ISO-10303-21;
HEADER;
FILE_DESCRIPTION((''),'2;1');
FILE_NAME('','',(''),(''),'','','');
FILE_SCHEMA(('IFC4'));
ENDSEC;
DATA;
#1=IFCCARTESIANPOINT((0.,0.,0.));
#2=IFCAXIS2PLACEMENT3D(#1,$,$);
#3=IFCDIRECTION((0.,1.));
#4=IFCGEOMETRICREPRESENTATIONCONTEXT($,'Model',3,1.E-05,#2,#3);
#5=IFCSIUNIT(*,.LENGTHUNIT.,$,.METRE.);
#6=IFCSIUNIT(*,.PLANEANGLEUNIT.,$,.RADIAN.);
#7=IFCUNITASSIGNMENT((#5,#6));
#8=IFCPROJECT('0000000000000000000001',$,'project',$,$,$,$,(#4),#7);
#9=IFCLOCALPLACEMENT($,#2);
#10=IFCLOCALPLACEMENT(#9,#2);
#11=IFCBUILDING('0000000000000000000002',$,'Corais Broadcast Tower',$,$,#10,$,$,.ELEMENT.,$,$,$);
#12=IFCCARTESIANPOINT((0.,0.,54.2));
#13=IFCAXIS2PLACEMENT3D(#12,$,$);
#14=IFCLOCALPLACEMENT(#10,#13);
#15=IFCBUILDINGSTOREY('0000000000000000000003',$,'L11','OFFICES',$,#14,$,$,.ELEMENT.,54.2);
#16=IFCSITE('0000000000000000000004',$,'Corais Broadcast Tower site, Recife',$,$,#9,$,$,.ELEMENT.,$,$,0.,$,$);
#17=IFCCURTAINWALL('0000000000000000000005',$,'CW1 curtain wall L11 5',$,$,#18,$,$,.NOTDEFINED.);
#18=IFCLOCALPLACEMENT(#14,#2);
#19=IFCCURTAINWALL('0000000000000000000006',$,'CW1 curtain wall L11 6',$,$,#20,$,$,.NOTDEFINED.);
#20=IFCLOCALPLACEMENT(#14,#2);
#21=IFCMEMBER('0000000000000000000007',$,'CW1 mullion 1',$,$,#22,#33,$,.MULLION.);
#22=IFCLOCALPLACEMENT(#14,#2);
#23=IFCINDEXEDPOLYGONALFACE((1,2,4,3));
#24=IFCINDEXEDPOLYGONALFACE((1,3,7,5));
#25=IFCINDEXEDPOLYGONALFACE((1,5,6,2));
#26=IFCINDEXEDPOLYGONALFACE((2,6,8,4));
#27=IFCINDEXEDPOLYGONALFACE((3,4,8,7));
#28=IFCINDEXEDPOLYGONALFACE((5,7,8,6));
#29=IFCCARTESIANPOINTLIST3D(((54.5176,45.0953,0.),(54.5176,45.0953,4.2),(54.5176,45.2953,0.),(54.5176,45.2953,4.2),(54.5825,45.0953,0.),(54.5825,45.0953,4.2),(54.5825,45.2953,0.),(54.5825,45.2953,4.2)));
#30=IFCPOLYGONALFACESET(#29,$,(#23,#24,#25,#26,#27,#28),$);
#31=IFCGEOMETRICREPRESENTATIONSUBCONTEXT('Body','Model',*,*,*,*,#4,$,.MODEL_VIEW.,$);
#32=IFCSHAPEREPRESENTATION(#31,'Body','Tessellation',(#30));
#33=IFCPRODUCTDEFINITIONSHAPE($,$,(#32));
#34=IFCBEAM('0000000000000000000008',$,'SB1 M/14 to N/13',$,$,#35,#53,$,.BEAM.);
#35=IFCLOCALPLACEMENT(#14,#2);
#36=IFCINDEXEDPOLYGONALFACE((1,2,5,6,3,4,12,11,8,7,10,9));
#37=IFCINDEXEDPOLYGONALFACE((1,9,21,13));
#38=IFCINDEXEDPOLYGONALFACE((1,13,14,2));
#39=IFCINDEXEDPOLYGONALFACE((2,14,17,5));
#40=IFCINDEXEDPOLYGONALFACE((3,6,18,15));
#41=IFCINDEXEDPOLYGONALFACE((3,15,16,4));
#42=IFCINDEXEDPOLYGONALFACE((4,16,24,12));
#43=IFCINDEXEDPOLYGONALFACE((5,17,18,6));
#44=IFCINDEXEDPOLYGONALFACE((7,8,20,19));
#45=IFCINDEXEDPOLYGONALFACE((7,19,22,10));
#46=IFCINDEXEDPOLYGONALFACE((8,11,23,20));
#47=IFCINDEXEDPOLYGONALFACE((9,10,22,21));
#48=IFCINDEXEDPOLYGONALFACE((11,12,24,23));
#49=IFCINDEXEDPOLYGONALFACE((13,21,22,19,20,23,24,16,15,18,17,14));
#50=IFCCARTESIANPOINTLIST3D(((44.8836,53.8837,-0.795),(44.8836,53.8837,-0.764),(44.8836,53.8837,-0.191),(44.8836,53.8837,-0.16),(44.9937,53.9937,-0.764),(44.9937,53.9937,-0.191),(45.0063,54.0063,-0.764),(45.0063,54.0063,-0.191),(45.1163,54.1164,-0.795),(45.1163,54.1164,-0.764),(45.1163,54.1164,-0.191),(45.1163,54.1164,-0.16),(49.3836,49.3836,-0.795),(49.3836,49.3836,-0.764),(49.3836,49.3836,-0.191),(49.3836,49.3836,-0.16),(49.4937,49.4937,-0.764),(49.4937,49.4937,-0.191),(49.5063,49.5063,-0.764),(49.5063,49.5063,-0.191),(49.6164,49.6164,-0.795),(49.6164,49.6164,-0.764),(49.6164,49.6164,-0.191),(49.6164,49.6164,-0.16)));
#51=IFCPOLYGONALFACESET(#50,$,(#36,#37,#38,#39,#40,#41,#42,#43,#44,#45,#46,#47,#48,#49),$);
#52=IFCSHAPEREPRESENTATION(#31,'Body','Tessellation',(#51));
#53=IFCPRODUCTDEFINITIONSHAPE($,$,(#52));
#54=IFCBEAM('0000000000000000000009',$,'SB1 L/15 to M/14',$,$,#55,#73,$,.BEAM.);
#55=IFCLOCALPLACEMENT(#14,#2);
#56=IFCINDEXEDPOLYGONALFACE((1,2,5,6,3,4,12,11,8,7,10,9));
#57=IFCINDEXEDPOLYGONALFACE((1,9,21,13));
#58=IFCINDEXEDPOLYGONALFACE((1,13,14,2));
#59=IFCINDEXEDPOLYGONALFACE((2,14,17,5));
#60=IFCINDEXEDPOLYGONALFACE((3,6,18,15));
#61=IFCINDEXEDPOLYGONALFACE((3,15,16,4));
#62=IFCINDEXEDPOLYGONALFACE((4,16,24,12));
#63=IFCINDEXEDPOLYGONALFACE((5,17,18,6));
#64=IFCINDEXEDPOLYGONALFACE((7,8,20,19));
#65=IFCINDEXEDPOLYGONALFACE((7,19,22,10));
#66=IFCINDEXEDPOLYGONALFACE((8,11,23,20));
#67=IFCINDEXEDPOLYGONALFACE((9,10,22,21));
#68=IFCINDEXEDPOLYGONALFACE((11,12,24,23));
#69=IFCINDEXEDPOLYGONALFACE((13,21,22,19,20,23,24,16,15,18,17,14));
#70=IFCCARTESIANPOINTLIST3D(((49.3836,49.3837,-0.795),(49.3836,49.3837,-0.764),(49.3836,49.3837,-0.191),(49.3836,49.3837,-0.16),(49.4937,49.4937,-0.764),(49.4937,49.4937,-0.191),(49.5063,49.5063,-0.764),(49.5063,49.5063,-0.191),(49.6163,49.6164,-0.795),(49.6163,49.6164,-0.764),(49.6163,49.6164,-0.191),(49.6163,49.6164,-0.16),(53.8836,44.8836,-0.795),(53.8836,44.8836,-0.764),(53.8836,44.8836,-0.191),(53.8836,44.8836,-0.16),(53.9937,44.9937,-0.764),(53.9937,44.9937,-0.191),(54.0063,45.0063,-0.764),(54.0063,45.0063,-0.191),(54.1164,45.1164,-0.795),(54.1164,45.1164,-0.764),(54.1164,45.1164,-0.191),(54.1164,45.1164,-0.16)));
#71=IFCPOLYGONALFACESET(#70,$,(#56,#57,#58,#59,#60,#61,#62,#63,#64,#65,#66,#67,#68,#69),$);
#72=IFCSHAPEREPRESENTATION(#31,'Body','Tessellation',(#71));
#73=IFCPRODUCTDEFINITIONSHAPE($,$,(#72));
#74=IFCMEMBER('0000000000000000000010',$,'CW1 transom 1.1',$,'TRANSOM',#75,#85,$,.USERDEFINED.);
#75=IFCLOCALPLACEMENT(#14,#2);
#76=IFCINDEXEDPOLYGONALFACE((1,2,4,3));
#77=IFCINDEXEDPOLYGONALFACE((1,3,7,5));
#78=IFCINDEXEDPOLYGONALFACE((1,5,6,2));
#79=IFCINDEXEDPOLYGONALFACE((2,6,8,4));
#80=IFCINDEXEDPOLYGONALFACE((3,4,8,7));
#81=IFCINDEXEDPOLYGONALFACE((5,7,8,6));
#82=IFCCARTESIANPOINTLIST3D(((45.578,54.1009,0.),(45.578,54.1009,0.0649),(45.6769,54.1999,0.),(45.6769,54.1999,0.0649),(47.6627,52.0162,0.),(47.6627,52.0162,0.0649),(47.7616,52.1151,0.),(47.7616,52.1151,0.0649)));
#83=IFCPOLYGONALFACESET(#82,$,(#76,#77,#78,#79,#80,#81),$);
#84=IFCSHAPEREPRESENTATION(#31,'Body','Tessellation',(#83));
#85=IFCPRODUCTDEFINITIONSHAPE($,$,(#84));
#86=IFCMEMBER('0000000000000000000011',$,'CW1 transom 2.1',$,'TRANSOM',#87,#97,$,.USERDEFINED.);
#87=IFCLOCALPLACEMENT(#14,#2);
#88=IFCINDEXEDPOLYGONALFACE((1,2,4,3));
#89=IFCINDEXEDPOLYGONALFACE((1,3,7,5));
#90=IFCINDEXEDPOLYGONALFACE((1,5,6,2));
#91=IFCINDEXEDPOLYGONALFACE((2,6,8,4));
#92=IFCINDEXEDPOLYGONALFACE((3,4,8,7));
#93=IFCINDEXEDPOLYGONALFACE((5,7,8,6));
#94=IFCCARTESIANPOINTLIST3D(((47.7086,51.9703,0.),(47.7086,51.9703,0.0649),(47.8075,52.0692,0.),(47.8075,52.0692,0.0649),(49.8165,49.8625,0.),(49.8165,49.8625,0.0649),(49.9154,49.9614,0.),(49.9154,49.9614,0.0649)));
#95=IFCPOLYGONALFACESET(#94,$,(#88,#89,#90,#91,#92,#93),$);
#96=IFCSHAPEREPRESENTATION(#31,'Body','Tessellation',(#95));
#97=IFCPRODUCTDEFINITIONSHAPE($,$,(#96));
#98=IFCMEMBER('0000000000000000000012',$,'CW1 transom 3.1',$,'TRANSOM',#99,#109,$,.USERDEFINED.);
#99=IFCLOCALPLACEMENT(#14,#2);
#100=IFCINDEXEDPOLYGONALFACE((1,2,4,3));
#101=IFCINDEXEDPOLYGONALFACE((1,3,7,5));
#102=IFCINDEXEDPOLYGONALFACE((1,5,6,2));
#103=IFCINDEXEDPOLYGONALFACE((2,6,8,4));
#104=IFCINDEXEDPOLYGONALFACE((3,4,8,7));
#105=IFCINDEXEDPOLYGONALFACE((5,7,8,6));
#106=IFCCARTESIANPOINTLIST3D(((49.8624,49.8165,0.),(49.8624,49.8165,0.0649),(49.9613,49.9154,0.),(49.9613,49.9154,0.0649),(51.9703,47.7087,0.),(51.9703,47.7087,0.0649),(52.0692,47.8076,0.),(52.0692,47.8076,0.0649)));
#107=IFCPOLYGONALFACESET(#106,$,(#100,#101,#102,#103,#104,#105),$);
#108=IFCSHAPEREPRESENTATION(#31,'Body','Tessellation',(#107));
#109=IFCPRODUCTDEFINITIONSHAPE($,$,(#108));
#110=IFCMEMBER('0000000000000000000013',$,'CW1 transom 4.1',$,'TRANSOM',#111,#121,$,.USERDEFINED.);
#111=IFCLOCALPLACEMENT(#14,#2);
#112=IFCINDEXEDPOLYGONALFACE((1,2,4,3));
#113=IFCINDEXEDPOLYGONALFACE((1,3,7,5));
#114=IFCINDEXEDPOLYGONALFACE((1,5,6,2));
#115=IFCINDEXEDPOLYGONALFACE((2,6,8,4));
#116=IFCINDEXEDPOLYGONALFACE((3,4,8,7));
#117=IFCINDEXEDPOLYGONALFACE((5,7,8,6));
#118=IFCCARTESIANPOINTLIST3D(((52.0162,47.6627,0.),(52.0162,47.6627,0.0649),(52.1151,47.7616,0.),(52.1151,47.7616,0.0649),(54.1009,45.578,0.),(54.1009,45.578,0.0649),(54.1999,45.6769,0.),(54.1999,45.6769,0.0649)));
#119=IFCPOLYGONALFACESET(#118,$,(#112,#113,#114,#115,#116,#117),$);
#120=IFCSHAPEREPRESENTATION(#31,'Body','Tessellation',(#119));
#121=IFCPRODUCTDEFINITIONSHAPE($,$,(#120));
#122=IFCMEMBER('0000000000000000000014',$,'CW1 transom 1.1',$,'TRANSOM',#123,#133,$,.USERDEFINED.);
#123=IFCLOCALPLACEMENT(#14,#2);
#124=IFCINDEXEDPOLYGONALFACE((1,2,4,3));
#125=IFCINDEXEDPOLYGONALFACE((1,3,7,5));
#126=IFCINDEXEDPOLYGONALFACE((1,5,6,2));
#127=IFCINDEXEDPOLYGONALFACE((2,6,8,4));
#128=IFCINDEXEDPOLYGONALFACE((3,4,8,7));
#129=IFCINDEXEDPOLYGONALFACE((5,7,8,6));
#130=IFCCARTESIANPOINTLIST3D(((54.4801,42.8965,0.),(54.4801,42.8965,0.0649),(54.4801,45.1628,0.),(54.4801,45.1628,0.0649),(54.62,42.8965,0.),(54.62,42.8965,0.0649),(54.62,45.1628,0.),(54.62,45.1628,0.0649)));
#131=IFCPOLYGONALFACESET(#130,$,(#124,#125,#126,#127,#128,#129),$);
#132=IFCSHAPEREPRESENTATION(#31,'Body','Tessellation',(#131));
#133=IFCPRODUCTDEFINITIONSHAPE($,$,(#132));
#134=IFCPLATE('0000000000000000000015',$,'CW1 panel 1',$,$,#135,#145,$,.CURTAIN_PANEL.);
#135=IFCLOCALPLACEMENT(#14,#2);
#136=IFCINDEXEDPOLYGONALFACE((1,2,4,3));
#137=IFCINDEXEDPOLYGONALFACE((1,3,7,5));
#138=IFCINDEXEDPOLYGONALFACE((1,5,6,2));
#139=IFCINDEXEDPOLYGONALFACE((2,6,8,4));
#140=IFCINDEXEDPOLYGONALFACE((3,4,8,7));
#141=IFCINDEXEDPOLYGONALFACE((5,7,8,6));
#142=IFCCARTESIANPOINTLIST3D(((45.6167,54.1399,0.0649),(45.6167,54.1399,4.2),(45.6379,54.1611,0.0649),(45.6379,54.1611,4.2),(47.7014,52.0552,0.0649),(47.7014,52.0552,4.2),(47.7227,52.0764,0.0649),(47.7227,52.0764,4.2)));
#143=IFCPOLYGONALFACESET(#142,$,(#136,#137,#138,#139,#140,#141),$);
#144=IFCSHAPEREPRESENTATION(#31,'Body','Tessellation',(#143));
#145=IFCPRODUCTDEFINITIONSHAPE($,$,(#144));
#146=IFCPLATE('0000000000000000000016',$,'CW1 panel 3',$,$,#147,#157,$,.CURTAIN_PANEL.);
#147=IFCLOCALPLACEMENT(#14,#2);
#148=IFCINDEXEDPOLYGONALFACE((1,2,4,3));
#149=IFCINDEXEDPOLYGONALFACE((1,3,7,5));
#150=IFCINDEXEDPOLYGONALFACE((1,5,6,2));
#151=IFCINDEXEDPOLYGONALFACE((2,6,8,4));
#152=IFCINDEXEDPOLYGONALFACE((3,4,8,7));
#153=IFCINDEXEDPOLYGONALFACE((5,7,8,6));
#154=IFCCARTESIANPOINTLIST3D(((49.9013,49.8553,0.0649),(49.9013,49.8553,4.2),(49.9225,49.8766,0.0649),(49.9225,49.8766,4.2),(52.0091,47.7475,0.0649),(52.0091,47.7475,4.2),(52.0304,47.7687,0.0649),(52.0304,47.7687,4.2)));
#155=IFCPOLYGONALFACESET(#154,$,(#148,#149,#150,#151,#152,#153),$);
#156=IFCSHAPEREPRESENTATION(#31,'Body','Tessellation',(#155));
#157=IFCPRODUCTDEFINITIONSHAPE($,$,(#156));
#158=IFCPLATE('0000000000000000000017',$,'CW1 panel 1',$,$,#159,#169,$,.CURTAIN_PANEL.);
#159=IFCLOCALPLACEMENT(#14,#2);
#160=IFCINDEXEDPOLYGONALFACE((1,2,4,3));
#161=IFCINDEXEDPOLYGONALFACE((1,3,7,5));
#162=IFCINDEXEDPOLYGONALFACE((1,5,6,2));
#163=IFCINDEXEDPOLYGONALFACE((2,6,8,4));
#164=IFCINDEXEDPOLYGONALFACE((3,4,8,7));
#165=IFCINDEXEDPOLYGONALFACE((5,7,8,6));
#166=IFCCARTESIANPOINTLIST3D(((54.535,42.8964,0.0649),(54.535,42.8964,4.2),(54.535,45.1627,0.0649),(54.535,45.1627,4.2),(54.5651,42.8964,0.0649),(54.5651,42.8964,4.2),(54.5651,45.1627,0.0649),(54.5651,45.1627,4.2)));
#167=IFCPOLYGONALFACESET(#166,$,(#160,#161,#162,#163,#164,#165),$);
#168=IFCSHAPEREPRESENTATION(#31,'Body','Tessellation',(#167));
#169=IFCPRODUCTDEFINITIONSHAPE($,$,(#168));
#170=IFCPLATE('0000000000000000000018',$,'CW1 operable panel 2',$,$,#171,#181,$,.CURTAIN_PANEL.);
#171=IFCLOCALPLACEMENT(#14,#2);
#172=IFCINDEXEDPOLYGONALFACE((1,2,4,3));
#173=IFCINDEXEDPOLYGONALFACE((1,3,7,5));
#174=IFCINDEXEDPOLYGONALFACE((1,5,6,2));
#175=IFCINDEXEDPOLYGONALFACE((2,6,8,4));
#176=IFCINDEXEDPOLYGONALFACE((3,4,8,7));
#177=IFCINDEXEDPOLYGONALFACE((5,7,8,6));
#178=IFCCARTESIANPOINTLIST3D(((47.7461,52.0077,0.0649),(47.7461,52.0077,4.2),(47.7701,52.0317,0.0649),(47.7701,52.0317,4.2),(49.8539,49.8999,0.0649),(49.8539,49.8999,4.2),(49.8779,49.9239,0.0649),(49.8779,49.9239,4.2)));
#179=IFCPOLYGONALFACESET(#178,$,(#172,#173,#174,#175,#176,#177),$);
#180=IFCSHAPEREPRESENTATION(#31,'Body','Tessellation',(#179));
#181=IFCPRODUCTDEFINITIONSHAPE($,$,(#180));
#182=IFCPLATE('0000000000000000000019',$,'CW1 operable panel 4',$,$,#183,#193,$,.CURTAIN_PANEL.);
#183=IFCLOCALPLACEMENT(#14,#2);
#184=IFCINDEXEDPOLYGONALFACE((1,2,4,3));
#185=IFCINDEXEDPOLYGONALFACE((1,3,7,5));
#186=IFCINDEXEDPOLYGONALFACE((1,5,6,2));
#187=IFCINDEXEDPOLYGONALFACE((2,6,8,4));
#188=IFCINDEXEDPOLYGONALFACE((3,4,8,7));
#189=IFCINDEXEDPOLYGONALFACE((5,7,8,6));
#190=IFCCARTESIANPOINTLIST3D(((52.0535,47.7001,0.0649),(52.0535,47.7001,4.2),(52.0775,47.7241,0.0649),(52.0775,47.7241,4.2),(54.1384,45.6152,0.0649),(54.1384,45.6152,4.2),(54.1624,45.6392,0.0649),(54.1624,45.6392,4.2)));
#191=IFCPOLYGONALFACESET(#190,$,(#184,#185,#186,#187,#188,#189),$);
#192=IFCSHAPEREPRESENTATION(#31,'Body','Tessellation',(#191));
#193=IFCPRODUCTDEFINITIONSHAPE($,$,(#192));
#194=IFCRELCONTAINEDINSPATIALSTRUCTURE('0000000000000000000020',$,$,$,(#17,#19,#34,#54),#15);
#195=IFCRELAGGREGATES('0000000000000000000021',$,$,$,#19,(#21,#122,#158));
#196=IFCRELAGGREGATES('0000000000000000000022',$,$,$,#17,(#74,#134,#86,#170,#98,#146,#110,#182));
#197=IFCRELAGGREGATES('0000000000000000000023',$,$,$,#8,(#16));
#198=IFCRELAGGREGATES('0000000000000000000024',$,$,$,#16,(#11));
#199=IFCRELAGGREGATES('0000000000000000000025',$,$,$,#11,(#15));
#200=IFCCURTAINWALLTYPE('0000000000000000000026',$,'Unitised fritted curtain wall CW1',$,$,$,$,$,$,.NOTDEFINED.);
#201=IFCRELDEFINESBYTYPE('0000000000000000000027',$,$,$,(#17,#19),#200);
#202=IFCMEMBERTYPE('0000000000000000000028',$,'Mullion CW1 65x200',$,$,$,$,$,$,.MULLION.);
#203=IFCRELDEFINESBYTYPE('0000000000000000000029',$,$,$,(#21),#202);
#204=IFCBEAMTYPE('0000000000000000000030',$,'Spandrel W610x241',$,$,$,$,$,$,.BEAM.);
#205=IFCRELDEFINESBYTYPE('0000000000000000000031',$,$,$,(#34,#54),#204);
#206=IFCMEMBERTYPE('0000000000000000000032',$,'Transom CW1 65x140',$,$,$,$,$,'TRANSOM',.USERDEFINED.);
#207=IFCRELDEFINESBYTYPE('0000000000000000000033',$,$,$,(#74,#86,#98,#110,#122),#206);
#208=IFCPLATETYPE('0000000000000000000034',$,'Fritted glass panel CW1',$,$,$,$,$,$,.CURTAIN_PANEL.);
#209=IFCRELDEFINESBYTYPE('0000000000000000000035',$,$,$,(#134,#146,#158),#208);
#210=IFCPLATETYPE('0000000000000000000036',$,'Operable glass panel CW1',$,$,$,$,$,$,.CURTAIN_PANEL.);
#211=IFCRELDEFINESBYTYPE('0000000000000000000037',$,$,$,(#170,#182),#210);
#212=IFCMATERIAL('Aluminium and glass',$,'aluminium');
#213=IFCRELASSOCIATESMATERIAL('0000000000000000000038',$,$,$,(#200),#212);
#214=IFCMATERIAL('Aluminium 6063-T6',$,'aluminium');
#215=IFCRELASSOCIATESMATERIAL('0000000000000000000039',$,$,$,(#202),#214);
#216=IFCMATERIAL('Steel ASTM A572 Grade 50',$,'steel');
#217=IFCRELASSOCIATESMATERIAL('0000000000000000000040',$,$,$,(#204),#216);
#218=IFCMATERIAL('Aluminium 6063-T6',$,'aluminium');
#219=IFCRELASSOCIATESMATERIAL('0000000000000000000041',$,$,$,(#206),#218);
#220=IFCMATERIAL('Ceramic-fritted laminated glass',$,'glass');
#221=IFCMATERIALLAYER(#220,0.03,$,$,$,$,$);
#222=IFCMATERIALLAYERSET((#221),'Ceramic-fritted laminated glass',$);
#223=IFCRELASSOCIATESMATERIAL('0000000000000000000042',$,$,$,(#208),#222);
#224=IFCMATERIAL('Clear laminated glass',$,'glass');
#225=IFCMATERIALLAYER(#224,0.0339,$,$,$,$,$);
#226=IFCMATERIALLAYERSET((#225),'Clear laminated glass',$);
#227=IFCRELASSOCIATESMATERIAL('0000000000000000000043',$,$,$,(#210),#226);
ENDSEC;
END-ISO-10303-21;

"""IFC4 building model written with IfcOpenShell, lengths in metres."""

from ifc_helpers import new_model, si_unit, direction, frame, origin, origin_2d, place, context, subcontext, project, spatial, rectangle, i_section, extrude, material, layer, layer_set, material_profile, profile_set, type_object, element, aggregate, save


model = new_model("IFC4")

# Units and contexts
model_context = context("Model", 3, precision=1e-05, world=origin(), true_north=direction((0.0, 1.0)))
body_context = subcontext(model_context, "Body", "Model", "MODEL_VIEW")
ifc_project = project(units=[si_unit("LENGTHUNIT", "METRE"), si_unit("PLANEANGLEUNIT", "RADIAN")], contexts=[model_context])

# Site, building, storey
site_placement = place(None, origin())
site = spatial("IfcSite", under=ifc_project, at=site_placement, Name="Corais Broadcast Tower site, Recife", CompositionType="ELEMENT", RefElevation=0.0)
building_placement = place(site_placement, origin())
building = spatial("IfcBuilding", under=site, at=building_placement, Name="Corais Broadcast Tower", CompositionType="ELEMENT")
storey_placement = place(building_placement, frame((0.0, 0.0, 54.2)))
storey = spatial("IfcBuildingStorey", under=building, at=storey_placement, Name="L11", Description="OFFICES", CompositionType="ELEMENT", Elevation=54.2)

# Shared definitions
ifc_material_1 = material(Name="Aluminium and glass", Category="aluminium")
curtain_wall_type = type_object("IfcCurtainWallType", Name="Unitised fritted curtain wall CW1", PredefinedType="NOTDEFINED", material=ifc_material_1)
ifc_material_2 = material(Name="Aluminium 6063-T6", Category="aluminium")
ifc_material_profile_1 = material_profile(ifc_material_2, rectangle(XDim=0.0649, YDim=0.2, at=origin_2d()), Name="Mullion CW1 65x200")
ifc_profile_set_1 = profile_set([ifc_material_profile_1], Name="Aluminium 6063-T6")
member_type_1 = type_object("IfcMemberType", Name="Mullion CW1 65x200", PredefinedType="MULLION", material=ifc_profile_set_1)

# Curtain wall
curtain_wall_1_placement = place(storey_placement, origin())
curtain_wall_1 = element("IfcCurtainWall", 1, at=curtain_wall_1_placement, inside=storey, type_object=curtain_wall_type, Name="CW1 curtain wall L11 5", PredefinedType="NOTDEFINED")

# Curtain wall, member
curtain_wall_2_placement = place(storey_placement, origin())
curtain_wall_2 = element("IfcCurtainWall", 2, at=curtain_wall_2_placement, inside=storey, type_object=curtain_wall_type, Name="CW1 curtain wall L11 6", PredefinedType="NOTDEFINED")
member_1_placement = place(storey_placement, frame((54.55, 45.1953, 0.0), z_axis=(0.0, 0.0, 1.0), x_axis=(1.0, 0.0, 0.0)))
member_1 = element("IfcMember", 3, at=member_1_placement, type_object=member_type_1, Name="CW1 mullion 1", PredefinedType="MULLION", context=body_context, shape_type="SweptSolid", body=[
    extrude(rectangle(XDim=0.0649, YDim=0.2, at=origin_2d()), origin(), (0.0, 0.0, 1.0), 4.2),
])

# Beams
ifc_material_3 = material(Name="Steel ASTM A572 Grade 50", Category="steel")
ifc_material_profile_2 = material_profile(ifc_material_3, i_section(OverallWidth=0.3291, OverallDepth=0.635, WebThickness=0.0178, FlangeThickness=0.031, at=origin_2d()), Name="W610x241")
ifc_profile_set_2 = profile_set([ifc_material_profile_2], Name="Steel ASTM A572 Grade 50")
beam_type_1 = type_object("IfcBeamType", Name="Spandrel W610x241", PredefinedType="BEAM", material=ifc_profile_set_2)
for number, where, z_axis, x_axis, name in (
    (4, (49.5, 49.5, -0.4775), (-0.707107, 0.707107, 0.0), (-0.707107, -0.707107, 0.0), "SB1 M/14 to N/13"),
    (5, (54.0, 45.0, -0.4775), (-0.707107, 0.707107, 0.0), (-0.707107, -0.707107, 0.0), "SB1 L/15 to M/14"),
):
    element("IfcBeam", number, at=place(storey_placement, frame(where, z_axis=z_axis, x_axis=x_axis)), inside=storey, type_object=beam_type_1, Name=name, PredefinedType="BEAM", context=body_context, shape_type="SweptSolid", body=[
        extrude(i_section(OverallWidth=0.3291, OverallDepth=0.635, WebThickness=0.0178, FlangeThickness=0.031, at=origin_2d()), origin(), (0.0, 0.0, 1.0), 6.364),
    ])

# Members
ifc_material_4 = material(Name="Aluminium 6063-T6", Category="aluminium")
ifc_material_profile_3 = material_profile(ifc_material_4, rectangle(XDim=0.1399, YDim=0.0649, at=origin_2d()), Name="Transom CW1 65x140")
ifc_profile_set_3 = profile_set([ifc_material_profile_3], Name="Aluminium 6063-T6")
member_type_2 = type_object("IfcMemberType", Name="Transom CW1 65x140", ElementType="TRANSOM", PredefinedType="USERDEFINED", material=ifc_profile_set_3)
member_2_placement = place(storey_placement, frame((45.6274, 54.1504, 0.0325), z_axis=(0.707107, -0.707107, 0.0), x_axis=(0.707107, 0.707107, 0.0)))
member_2 = element("IfcMember", 6, at=member_2_placement, type_object=member_type_2, Name="CW1 transom 1.1", ObjectType="TRANSOM", PredefinedType="USERDEFINED", context=body_context, shape_type="SweptSolid", body=[
    extrude(rectangle(XDim=0.1399, YDim=0.0649, at=origin_2d()), origin(), (0.0, 0.0, 1.0), 2.9482),
])
member_3_placement = place(storey_placement, frame((47.7581, 52.0198, 0.0325), z_axis=(0.707107, -0.707107, 0.0), x_axis=(0.707107, 0.707107, 0.0)))
member_3 = element("IfcMember", 7, at=member_3_placement, type_object=member_type_2, Name="CW1 transom 2.1", ObjectType="TRANSOM", PredefinedType="USERDEFINED", context=body_context, shape_type="SweptSolid", body=[
    extrude(rectangle(XDim=0.1399, YDim=0.0649, at=origin_2d()), origin(), (0.0, 0.0, 1.0), 2.981),
])
member_4_placement = place(storey_placement, frame((49.9119, 49.866, 0.0325), z_axis=(0.707107, -0.707107, 0.0), x_axis=(0.707107, 0.707107, 0.0)))
member_4 = element("IfcMember", 8, at=member_4_placement, type_object=member_type_2, Name="CW1 transom 3.1", ObjectType="TRANSOM", PredefinedType="USERDEFINED", context=body_context, shape_type="SweptSolid", body=[
    extrude(rectangle(XDim=0.1399, YDim=0.0649, at=origin_2d()), origin(), (0.0, 0.0, 1.0), 2.981),
])
member_5_placement = place(storey_placement, frame((52.0657, 47.7122, 0.0325), z_axis=(0.707107, -0.707107, 0.0), x_axis=(0.707107, 0.707107, 0.0)))
member_5 = element("IfcMember", 9, at=member_5_placement, type_object=member_type_2, Name="CW1 transom 4.1", ObjectType="TRANSOM", PredefinedType="USERDEFINED", context=body_context, shape_type="SweptSolid", body=[
    extrude(rectangle(XDim=0.1399, YDim=0.0649, at=origin_2d()), origin(), (0.0, 0.0, 1.0), 2.9482),
])
member_6_placement = place(storey_placement, frame((54.55, 45.1628, 0.0325), z_axis=(0.0, -1.0, 0.0), x_axis=(1.0, 0.0, 0.0)))
member_6 = element("IfcMember", 10, at=member_6_placement, type_object=member_type_2, Name="CW1 transom 1.1", ObjectType="TRANSOM", PredefinedType="USERDEFINED", context=body_context, shape_type="SweptSolid", body=[
    extrude(rectangle(XDim=0.1399, YDim=0.0649, at=origin_2d()), origin(), (0.0, 0.0, 1.0), 2.2664),
])

# Plates
ifc_material_5 = material(Name="Ceramic-fritted laminated glass", Category="glass")
ifc_layer_1 = layer(ifc_material_5, 0.03)
ifc_layer_set_1 = layer_set([ifc_layer_1], Name="Ceramic-fritted laminated glass")
plate_type_1 = type_object("IfcPlateType", Name="Fritted glass panel CW1", PredefinedType="CURTAIN_PANEL", material=ifc_layer_set_1)
plate_1_placement = place(storey_placement, frame((46.6697, 53.1082, 0.0649), z_axis=(0.0, 0.0, 1.0), x_axis=(0.707107, -0.707107, 0.0)))
plate_1 = element("IfcPlate", 11, at=plate_1_placement, type_object=plate_type_1, Name="CW1 panel 1", PredefinedType="CURTAIN_PANEL", context=body_context, shape_type="SweptSolid", body=[
    extrude(rectangle(XDim=2.9482, YDim=0.03, at=origin_2d()), origin(), (0.0, 0.0, 1.0), 4.135),
])
plate_2_placement = place(storey_placement, frame((50.9658, 48.812, 0.0649), z_axis=(0.0, 0.0, 1.0), x_axis=(0.707107, -0.707107, 0.0)))
plate_2 = element("IfcPlate", 12, at=plate_2_placement, type_object=plate_type_1, Name="CW1 panel 3", PredefinedType="CURTAIN_PANEL", context=body_context, shape_type="SweptSolid", body=[
    extrude(rectangle(XDim=2.981, YDim=0.03, at=origin_2d()), origin(), (0.0, 0.0, 1.0), 4.135),
])
plate_3_placement = place(storey_placement, frame((54.55, 44.0295, 0.0649), z_axis=(0.0, 0.0, 1.0), x_axis=(0.0, -1.0, 0.0)))
plate_3 = element("IfcPlate", 13, at=plate_3_placement, type_object=plate_type_1, Name="CW1 panel 1", PredefinedType="CURTAIN_PANEL", context=body_context, shape_type="SweptSolid", body=[
    extrude(rectangle(XDim=2.2664, YDim=0.03, at=origin_2d()), origin(), (0.0, 0.0, 1.0), 4.135),
])
aggregate(curtain_wall_2, [member_1, member_6, plate_3])
ifc_material_6 = material(Name="Clear laminated glass", Category="glass")
ifc_layer_2 = layer(ifc_material_6, 0.0339)
ifc_layer_set_2 = layer_set([ifc_layer_2], Name="Clear laminated glass")
plate_type_2 = type_object("IfcPlateType", Name="Operable glass panel CW1", PredefinedType="CURTAIN_PANEL", material=ifc_layer_set_2)
plate_4_placement = place(storey_placement, frame((48.812, 50.9658, 0.0649), z_axis=(0.0, 0.0, 1.0), x_axis=(0.707107, -0.707107, 0.0)))
plate_4 = element("IfcPlate", 14, at=plate_4_placement, type_object=plate_type_2, Name="CW1 operable panel 2", PredefinedType="CURTAIN_PANEL", context=body_context, shape_type="SweptSolid", body=[
    extrude(rectangle(XDim=2.981, YDim=0.0339, at=origin_2d()), origin(), (0.0, 0.0, 1.0), 4.135),
])
plate_5_placement = place(storey_placement, frame((53.1079, 46.6697, 0.0649), z_axis=(0.0, 0.0, 1.0), x_axis=(0.707107, -0.707107, 0.0)))
plate_5 = element("IfcPlate", 15, at=plate_5_placement, type_object=plate_type_2, Name="CW1 operable panel 4", PredefinedType="CURTAIN_PANEL", context=body_context, shape_type="SweptSolid", body=[
    extrude(rectangle(XDim=2.9485, YDim=0.0339, at=origin_2d()), origin(), (0.0, 0.0, 1.0), 4.135),
])
aggregate(curtain_wall_1, [member_2, plate_1, member_3, plate_4, member_4, plate_2, member_5, plate_5])

save(model, "model.ifc")
